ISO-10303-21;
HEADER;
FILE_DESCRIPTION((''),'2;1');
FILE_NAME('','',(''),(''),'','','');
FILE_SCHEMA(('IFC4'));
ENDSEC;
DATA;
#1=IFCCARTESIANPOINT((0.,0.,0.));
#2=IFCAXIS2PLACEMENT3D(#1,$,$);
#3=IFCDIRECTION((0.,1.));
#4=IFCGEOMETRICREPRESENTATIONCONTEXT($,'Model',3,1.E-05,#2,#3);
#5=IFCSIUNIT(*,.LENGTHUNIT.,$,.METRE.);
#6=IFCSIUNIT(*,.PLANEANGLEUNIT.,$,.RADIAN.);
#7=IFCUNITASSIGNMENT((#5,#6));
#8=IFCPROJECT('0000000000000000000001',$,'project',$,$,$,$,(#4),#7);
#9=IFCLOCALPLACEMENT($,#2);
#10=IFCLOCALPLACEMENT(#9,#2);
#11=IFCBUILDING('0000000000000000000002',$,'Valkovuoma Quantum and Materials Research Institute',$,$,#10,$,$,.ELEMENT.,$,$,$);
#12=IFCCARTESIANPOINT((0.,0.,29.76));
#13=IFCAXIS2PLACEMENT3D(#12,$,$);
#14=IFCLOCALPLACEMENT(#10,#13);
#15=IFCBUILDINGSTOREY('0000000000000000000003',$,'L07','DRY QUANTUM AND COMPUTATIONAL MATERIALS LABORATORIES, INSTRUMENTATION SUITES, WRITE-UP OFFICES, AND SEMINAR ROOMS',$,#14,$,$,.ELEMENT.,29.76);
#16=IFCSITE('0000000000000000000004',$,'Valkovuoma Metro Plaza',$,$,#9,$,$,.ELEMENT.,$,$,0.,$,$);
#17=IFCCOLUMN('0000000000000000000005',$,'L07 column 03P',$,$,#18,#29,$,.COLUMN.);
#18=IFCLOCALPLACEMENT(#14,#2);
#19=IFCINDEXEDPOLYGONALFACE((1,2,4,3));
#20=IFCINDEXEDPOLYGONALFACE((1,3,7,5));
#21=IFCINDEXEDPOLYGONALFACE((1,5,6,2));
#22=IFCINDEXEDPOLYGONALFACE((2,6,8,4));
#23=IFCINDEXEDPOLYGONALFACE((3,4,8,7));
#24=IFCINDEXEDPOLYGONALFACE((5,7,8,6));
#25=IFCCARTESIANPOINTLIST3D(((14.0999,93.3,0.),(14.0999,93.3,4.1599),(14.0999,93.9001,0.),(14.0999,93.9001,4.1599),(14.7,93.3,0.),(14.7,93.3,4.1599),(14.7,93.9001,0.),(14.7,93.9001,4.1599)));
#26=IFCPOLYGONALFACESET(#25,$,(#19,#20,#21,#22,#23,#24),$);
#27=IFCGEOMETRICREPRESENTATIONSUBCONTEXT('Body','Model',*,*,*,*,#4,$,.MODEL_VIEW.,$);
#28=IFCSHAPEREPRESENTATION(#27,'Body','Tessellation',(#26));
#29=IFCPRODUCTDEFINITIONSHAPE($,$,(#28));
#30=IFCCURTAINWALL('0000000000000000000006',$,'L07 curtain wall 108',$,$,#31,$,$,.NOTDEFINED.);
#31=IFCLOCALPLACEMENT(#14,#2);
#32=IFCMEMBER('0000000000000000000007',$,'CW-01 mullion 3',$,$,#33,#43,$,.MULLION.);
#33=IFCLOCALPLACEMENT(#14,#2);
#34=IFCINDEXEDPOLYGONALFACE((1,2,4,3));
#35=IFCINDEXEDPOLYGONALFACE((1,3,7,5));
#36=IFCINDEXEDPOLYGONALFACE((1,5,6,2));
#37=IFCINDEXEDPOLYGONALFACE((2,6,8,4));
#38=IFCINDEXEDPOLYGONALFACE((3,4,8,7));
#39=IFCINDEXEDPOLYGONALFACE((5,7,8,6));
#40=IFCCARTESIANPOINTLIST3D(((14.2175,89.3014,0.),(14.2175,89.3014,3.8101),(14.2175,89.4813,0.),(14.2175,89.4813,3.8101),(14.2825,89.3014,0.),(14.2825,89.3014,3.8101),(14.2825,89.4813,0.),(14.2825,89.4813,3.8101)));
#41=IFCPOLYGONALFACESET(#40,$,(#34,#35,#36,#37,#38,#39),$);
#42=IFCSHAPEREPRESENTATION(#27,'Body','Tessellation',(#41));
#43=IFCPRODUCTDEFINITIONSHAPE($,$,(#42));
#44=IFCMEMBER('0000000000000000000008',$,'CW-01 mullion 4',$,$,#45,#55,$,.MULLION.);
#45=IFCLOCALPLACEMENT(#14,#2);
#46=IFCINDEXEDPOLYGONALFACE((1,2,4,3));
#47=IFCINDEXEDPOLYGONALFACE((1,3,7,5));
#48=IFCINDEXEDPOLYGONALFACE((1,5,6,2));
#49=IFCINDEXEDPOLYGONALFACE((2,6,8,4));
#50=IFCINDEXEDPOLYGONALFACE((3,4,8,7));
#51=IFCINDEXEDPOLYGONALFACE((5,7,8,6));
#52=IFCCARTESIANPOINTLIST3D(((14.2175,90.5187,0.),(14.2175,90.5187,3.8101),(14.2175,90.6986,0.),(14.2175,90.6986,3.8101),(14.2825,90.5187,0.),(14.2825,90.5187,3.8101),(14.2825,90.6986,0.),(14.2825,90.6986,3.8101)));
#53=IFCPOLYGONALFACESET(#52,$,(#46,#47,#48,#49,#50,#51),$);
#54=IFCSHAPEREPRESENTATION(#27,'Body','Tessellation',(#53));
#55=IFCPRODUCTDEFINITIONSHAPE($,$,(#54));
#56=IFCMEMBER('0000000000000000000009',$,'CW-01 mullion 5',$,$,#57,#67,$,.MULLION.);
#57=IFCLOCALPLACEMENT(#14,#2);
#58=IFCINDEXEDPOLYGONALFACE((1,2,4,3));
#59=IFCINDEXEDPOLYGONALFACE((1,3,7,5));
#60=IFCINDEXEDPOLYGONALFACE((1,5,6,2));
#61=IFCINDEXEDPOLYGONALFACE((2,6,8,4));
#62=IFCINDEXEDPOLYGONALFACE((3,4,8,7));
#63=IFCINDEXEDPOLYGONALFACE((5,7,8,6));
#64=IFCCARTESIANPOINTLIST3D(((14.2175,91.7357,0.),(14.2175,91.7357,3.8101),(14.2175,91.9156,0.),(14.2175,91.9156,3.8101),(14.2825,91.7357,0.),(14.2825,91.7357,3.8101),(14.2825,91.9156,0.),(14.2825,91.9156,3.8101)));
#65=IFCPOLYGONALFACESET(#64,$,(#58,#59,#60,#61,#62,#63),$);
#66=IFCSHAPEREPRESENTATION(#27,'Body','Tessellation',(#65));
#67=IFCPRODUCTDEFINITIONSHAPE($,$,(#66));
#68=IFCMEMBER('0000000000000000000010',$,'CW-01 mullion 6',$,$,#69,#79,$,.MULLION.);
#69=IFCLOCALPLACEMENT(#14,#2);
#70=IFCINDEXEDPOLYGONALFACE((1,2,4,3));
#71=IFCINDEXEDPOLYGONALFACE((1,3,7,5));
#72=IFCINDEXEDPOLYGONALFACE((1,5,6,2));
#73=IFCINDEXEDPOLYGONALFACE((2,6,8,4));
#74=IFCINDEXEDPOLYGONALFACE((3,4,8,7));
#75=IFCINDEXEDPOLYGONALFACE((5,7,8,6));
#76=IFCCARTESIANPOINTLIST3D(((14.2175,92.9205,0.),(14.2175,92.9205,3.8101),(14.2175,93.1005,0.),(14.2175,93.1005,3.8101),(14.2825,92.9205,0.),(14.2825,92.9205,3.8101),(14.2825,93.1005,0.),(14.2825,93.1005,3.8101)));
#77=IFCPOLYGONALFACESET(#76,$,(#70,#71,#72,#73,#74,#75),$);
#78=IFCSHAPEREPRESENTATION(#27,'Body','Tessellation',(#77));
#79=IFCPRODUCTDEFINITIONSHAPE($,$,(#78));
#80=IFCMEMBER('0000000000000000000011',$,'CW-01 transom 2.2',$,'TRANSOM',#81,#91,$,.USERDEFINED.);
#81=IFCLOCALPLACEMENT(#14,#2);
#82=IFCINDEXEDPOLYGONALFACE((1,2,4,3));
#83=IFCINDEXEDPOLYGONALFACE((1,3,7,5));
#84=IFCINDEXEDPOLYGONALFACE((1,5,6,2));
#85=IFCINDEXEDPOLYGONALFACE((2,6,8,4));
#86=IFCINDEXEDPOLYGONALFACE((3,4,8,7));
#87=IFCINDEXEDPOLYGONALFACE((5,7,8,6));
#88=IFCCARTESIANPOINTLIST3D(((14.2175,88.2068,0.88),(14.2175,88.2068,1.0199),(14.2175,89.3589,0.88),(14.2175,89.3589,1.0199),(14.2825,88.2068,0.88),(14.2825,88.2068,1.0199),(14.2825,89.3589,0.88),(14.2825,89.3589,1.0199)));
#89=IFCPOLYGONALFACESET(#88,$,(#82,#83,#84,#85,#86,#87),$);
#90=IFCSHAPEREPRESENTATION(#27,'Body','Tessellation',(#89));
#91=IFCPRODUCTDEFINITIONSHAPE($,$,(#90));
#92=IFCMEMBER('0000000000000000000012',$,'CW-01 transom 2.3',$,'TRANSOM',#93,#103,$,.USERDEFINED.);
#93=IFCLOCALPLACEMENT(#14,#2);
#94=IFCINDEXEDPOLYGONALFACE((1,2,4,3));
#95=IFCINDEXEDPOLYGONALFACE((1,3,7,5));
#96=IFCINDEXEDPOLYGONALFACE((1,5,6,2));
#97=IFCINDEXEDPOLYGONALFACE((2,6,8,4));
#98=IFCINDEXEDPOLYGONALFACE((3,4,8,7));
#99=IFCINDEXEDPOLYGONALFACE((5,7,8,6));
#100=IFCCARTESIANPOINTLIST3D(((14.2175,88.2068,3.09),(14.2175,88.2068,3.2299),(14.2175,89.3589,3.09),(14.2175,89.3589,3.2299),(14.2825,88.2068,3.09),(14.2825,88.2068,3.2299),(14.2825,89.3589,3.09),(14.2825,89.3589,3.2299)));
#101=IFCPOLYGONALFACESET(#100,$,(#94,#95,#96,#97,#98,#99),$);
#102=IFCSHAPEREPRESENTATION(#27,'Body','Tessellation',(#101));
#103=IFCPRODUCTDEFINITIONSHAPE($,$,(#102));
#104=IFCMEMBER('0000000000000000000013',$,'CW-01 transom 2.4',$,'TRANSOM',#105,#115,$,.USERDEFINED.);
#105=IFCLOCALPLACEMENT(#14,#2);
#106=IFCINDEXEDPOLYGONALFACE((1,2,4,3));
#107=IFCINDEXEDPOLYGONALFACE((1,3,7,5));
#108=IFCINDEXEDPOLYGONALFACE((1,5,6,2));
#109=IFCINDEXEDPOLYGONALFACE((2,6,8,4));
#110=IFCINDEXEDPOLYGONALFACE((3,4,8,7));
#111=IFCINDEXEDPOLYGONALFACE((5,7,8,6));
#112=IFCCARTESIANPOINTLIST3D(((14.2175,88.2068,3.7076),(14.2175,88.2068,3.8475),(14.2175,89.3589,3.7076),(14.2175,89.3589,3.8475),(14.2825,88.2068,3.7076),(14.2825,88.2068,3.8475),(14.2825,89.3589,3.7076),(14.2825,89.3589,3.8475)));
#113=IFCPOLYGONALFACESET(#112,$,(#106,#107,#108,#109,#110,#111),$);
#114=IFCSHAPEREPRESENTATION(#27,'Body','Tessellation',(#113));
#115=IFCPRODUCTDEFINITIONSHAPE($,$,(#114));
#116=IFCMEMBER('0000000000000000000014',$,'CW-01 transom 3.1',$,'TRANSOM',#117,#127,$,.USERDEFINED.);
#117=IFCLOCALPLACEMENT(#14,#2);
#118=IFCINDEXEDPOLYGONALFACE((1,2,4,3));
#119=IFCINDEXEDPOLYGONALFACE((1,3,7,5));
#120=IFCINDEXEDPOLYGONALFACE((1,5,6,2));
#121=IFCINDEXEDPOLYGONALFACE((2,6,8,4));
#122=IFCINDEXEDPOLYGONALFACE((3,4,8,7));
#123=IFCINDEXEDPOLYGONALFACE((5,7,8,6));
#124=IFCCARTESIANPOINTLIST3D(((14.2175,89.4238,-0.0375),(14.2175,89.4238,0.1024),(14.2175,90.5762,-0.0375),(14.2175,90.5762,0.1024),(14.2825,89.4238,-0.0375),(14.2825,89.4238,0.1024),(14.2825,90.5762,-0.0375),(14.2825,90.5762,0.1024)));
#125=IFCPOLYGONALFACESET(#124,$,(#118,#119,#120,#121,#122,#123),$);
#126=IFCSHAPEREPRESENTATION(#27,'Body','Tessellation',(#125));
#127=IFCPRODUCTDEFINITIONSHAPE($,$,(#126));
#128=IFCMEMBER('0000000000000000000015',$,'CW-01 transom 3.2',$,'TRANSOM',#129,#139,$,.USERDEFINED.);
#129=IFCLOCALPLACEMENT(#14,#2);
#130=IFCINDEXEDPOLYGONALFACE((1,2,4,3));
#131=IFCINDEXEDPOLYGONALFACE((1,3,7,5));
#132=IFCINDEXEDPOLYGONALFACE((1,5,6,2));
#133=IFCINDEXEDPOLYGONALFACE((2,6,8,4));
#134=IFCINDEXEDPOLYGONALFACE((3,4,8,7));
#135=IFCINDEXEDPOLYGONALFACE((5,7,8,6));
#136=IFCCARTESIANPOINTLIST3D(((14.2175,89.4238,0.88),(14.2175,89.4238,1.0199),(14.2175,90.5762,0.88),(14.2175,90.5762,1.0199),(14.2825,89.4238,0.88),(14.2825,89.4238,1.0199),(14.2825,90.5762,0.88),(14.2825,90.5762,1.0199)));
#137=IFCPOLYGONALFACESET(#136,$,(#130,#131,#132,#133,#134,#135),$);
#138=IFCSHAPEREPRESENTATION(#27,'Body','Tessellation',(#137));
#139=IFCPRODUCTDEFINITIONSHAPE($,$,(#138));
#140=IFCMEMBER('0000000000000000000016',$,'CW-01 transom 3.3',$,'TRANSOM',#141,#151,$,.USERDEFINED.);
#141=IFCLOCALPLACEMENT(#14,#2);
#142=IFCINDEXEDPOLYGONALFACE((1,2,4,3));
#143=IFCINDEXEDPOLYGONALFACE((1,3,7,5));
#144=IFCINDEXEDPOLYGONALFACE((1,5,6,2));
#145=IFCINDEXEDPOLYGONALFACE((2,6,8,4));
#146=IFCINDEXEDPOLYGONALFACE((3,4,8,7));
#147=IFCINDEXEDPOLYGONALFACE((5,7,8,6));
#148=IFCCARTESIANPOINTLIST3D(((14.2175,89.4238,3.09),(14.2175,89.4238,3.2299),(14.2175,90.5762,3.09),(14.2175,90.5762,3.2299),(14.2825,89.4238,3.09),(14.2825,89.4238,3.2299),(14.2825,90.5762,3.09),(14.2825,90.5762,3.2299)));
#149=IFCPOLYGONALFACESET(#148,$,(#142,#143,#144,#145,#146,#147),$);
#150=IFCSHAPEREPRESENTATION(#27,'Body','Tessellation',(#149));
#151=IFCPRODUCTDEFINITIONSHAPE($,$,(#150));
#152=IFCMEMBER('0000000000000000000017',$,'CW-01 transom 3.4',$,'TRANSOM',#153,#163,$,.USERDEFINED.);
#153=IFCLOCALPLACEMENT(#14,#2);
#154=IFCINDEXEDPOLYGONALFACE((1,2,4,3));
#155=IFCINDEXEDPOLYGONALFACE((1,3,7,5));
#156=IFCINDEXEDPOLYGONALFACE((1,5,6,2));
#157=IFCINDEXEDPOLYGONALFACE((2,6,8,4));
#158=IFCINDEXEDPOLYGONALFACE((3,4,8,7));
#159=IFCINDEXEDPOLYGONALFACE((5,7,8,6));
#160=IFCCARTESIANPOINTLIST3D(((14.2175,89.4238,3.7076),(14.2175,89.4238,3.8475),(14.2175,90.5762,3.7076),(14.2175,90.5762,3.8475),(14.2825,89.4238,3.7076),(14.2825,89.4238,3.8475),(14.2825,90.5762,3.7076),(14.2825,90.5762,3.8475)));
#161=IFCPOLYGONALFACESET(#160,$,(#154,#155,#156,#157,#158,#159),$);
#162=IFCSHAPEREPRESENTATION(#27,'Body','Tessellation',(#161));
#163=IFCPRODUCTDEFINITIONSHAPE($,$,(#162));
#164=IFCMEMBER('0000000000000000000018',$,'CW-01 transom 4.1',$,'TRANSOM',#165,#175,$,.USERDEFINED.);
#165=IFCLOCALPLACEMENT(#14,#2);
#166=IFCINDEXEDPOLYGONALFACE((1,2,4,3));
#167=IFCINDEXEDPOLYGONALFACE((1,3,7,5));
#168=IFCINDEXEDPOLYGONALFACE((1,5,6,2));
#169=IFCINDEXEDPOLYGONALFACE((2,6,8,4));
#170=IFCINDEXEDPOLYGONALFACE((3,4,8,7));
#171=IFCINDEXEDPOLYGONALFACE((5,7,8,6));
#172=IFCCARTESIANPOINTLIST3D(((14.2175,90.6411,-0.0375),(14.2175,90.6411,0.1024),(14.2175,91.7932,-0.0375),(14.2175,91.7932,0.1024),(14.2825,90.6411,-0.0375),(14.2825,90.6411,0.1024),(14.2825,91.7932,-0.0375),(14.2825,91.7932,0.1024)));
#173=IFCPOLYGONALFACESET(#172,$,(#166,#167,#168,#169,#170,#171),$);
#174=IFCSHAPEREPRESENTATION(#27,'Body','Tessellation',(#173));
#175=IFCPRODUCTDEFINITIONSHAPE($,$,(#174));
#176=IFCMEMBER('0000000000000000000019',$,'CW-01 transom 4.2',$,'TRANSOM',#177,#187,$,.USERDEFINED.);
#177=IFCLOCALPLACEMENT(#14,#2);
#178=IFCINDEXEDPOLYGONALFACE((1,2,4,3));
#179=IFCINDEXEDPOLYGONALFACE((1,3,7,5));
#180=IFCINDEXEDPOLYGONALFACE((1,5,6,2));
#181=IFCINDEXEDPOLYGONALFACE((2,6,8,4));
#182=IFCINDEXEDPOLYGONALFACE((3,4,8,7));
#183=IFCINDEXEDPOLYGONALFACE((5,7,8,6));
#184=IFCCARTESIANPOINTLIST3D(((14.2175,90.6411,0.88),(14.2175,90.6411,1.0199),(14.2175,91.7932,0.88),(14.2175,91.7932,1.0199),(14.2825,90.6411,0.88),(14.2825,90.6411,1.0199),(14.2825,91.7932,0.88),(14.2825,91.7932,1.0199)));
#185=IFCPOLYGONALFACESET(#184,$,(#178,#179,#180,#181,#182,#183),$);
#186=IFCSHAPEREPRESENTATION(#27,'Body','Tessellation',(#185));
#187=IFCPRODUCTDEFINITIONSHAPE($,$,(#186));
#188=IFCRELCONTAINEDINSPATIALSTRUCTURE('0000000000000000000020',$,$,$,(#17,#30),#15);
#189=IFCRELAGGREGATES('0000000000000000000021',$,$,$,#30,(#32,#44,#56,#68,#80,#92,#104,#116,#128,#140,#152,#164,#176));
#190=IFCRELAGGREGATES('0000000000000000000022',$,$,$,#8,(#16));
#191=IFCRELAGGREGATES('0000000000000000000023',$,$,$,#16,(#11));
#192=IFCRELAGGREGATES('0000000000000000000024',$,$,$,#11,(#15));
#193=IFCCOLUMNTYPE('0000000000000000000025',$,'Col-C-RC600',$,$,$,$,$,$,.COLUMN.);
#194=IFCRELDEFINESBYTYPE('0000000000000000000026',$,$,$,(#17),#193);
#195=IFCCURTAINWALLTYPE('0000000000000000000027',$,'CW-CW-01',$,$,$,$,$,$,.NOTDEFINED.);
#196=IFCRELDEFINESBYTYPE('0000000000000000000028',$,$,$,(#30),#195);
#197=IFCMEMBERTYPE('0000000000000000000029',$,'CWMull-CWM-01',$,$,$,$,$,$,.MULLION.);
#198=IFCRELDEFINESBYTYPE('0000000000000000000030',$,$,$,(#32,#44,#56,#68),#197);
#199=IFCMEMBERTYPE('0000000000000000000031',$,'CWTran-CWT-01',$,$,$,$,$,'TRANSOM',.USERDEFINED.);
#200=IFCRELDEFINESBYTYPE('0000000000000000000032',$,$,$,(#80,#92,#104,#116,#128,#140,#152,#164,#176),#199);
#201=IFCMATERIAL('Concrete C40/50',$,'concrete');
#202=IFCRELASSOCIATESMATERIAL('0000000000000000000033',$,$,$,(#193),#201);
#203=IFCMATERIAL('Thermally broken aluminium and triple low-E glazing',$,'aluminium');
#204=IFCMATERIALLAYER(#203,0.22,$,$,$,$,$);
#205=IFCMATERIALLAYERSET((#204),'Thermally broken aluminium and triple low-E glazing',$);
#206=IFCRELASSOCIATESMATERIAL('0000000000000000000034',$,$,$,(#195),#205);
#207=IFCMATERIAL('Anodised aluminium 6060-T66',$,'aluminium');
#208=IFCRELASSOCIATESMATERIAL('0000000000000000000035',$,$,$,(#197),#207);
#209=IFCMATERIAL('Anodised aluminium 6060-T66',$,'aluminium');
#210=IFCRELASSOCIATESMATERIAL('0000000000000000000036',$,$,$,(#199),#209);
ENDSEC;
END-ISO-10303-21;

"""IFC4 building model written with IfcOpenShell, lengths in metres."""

from ifc_helpers import new_model, si_unit, direction, frame, origin, origin_2d, place, context, subcontext, project, spatial, rectangle, extrude, material, layer, layer_set, material_profile, profile_set, type_object, element, aggregate, save


model = new_model("IFC4")

# Units and contexts
model_context = context("Model", 3, precision=1e-05, world=origin(), true_north=direction((0.0, 1.0)))
body_context = subcontext(model_context, "Body", "Model", "MODEL_VIEW")
ifc_project = project(units=[si_unit("LENGTHUNIT", "METRE"), si_unit("PLANEANGLEUNIT", "RADIAN")], contexts=[model_context])

# Site, building, storey
site_placement = place(None, origin())
site = spatial("IfcSite", under=ifc_project, at=site_placement, Name="Valkovuoma Metro Plaza", CompositionType="ELEMENT", RefElevation=0.0)
building_placement = place(site_placement, origin())
building = spatial("IfcBuilding", under=site, at=building_placement, Name="Valkovuoma Quantum and Materials Research Institute", CompositionType="ELEMENT")
storey_placement = place(building_placement, frame((0.0, 0.0, 29.76)))
storey = spatial("IfcBuildingStorey", under=building, at=storey_placement, Name="L07", Description="DRY QUANTUM AND COMPUTATIONAL MATERIALS LABORATORIES, INSTRUMENTATION SUITES, WRITE-UP OFFICES, AND SEMINAR ROOMS", CompositionType="ELEMENT", Elevation=29.76)

# Column
ifc_material_1 = material(Name="Concrete C40/50", Category="concrete")
ifc_material_profile_1 = material_profile(ifc_material_1, rectangle(XDim=0.6001, YDim=0.6001, at=origin_2d()), Name="Concrete C40/50")
ifc_profile_set_1 = profile_set([ifc_material_profile_1], Name="Concrete C40/50")
column_type = type_object("IfcColumnType", Name="Col-C-RC600", PredefinedType="COLUMN", material=ifc_profile_set_1)
column_placement = place(storey_placement, frame((14.3999, 93.6001, 0.0), z_axis=(0.0, 0.0, 1.0), x_axis=(1.0, 0.0, 0.0)))
element("IfcColumn", 1, at=column_placement, inside=storey, type_object=column_type, Name="L07 column 03P", PredefinedType="COLUMN", context=body_context, shape_type="SweptSolid", body=[
    extrude(rectangle(XDim=0.6001, YDim=0.6001, at=origin_2d()), origin(), (0.0, 0.0, 1.0), 4.1599),
])

# Curtain wall, members
ifc_material_2 = material(Name="Thermally broken aluminium and triple low-E glazing", Category="aluminium")
ifc_layer_1 = layer(ifc_material_2, 0.22)
ifc_layer_set_1 = layer_set([ifc_layer_1], Name="Thermally broken aluminium and triple low-E glazing")
curtain_wall_type = type_object("IfcCurtainWallType", Name="CW-CW-01", PredefinedType="NOTDEFINED", material=ifc_layer_set_1)
curtain_wall_placement = place(storey_placement, origin())
curtain_wall = element("IfcCurtainWall", 2, at=curtain_wall_placement, inside=storey, type_object=curtain_wall_type, Name="L07 curtain wall 108", PredefinedType="NOTDEFINED")
ifc_material_3 = material(Name="Anodised aluminium 6060-T66", Category="aluminium")
ifc_material_profile_2 = material_profile(ifc_material_3, rectangle(XDim=0.0649, YDim=0.1799, at=origin_2d()), Name="Anodised aluminium 6060-T66")
ifc_profile_set_2 = profile_set([ifc_material_profile_2], Name="Anodised aluminium 6060-T66")
member_type_1 = type_object("IfcMemberType", Name="CWMull-CWM-01", PredefinedType="MULLION", material=ifc_profile_set_2)
member_1_placement = place(storey_placement, frame((14.25, 89.3914, 0.0), z_axis=(0.0, 0.0, 1.0), x_axis=(-1.0, 0.0, 0.0)))
member_1 = element("IfcMember", 3, at=member_1_placement, type_object=member_type_1, Name="CW-01 mullion 3", PredefinedType="MULLION", context=body_context, shape_type="SweptSolid", body=[
    extrude(rectangle(XDim=0.0649, YDim=0.1799, at=origin_2d()), origin(), (0.0, 0.0, 1.0), 3.8101),
])
member_2_placement = place(storey_placement, frame((14.25, 90.6086, 0.0), z_axis=(0.0, 0.0, 1.0), x_axis=(-1.0, 0.0, 0.0)))
member_2 = element("IfcMember", 4, at=member_2_placement, type_object=member_type_1, Name="CW-01 mullion 4", PredefinedType="MULLION", context=body_context, shape_type="SweptSolid", body=[
    extrude(rectangle(XDim=0.0649, YDim=0.1799, at=origin_2d()), origin(), (0.0, 0.0, 1.0), 3.8101),
])
member_3_placement = place(storey_placement, frame((14.25, 91.8257, 0.0), z_axis=(0.0, 0.0, 1.0), x_axis=(-1.0, 0.0, 0.0)))
member_3 = element("IfcMember", 5, at=member_3_placement, type_object=member_type_1, Name="CW-01 mullion 5", PredefinedType="MULLION", context=body_context, shape_type="SweptSolid", body=[
    extrude(rectangle(XDim=0.0649, YDim=0.1799, at=origin_2d()), origin(), (0.0, 0.0, 1.0), 3.8101),
])
member_4_placement = place(storey_placement, frame((14.25, 93.0105, 0.0), z_axis=(0.0, 0.0, 1.0), x_axis=(-1.0, 0.0, 0.0)))
member_4 = element("IfcMember", 6, at=member_4_placement, type_object=member_type_1, Name="CW-01 mullion 6", PredefinedType="MULLION", context=body_context, shape_type="SweptSolid", body=[
    extrude(rectangle(XDim=0.0649, YDim=0.1799, at=origin_2d()), origin(), (0.0, 0.0, 1.0), 3.8101),
])
ifc_material_4 = material(Name="Anodised aluminium 6060-T66", Category="aluminium")
ifc_material_profile_3 = material_profile(ifc_material_4, rectangle(XDim=0.0649, YDim=0.1399, at=origin_2d()), Name="Anodised aluminium 6060-T66")
ifc_profile_set_3 = profile_set([ifc_material_profile_3], Name="Anodised aluminium 6060-T66")
member_type_2 = type_object("IfcMemberType", Name="CWTran-CWT-01", ElementType="TRANSOM", PredefinedType="USERDEFINED", material=ifc_profile_set_3)
member_5_placement = place(storey_placement, frame((14.25, 88.2068, 0.95), z_axis=(0.0, 1.0, 0.0), x_axis=(-1.0, 0.0, 0.0)))
member_5 = element("IfcMember", 7, at=member_5_placement, type_object=member_type_2, Name="CW-01 transom 2.2", ObjectType="TRANSOM", PredefinedType="USERDEFINED", context=body_context, shape_type="SweptSolid", body=[
    extrude(rectangle(XDim=0.0649, YDim=0.1399, at=origin_2d()), origin(), (0.0, 0.0, 1.0), 1.1521),
])
member_6_placement = place(storey_placement, frame((14.25, 88.2068, 3.1599), z_axis=(0.0, 1.0, 0.0), x_axis=(-1.0, 0.0, 0.0)))
member_6 = element("IfcMember", 8, at=member_6_placement, type_object=member_type_2, Name="CW-01 transom 2.3", ObjectType="TRANSOM", PredefinedType="USERDEFINED", context=body_context, shape_type="SweptSolid", body=[
    extrude(rectangle(XDim=0.0649, YDim=0.1399, at=origin_2d()), origin(), (0.0, 0.0, 1.0), 1.1521),
])
member_7_placement = place(storey_placement, frame((14.25, 88.2068, 3.7776), z_axis=(0.0, 1.0, 0.0), x_axis=(-1.0, 0.0, 0.0)))
member_7 = element("IfcMember", 9, at=member_7_placement, type_object=member_type_2, Name="CW-01 transom 2.4", ObjectType="TRANSOM", PredefinedType="USERDEFINED", context=body_context, shape_type="SweptSolid", body=[
    extrude(rectangle(XDim=0.0649, YDim=0.1399, at=origin_2d()), origin(), (0.0, 0.0, 1.0), 1.1521),
])
member_8_placement = place(storey_placement, frame((14.25, 89.4238, 0.0325), z_axis=(0.0, 1.0, 0.0), x_axis=(-1.0, 0.0, 0.0)))
member_8 = element("IfcMember", 10, at=member_8_placement, type_object=member_type_2, Name="CW-01 transom 3.1", ObjectType="TRANSOM", PredefinedType="USERDEFINED", context=body_context, shape_type="SweptSolid", body=[
    extrude(rectangle(XDim=0.0649, YDim=0.1399, at=origin_2d()), origin(), (0.0, 0.0, 1.0), 1.1523),
])
member_9_placement = place(storey_placement, frame((14.25, 89.4238, 0.95), z_axis=(0.0, 1.0, 0.0), x_axis=(-1.0, 0.0, 0.0)))
member_9 = element("IfcMember", 11, at=member_9_placement, type_object=member_type_2, Name="CW-01 transom 3.2", ObjectType="TRANSOM", PredefinedType="USERDEFINED", context=body_context, shape_type="SweptSolid", body=[
    extrude(rectangle(XDim=0.0649, YDim=0.1399, at=origin_2d()), origin(), (0.0, 0.0, 1.0), 1.1523),
])
member_10_placement = place(storey_placement, frame((14.25, 89.4238, 3.1599), z_axis=(0.0, 1.0, 0.0), x_axis=(-1.0, 0.0, 0.0)))
member_10 = element("IfcMember", 12, at=member_10_placement, type_object=member_type_2, Name="CW-01 transom 3.3", ObjectType="TRANSOM", PredefinedType="USERDEFINED", context=body_context, shape_type="SweptSolid", body=[
    extrude(rectangle(XDim=0.0649, YDim=0.1399, at=origin_2d()), origin(), (0.0, 0.0, 1.0), 1.1523),
])
member_11_placement = place(storey_placement, frame((14.25, 89.4238, 3.7776), z_axis=(0.0, 1.0, 0.0), x_axis=(-1.0, 0.0, 0.0)))
member_11 = element("IfcMember", 13, at=member_11_placement, type_object=member_type_2, Name="CW-01 transom 3.4", ObjectType="TRANSOM", PredefinedType="USERDEFINED", context=body_context, shape_type="SweptSolid", body=[
    extrude(rectangle(XDim=0.0649, YDim=0.1399, at=origin_2d()), origin(), (0.0, 0.0, 1.0), 1.1523),
])
member_12_placement = place(storey_placement, frame((14.25, 90.6411, 0.0325), z_axis=(0.0, 1.0, 0.0), x_axis=(-1.0, 0.0, 0.0)))
member_12 = element("IfcMember", 14, at=member_12_placement, type_object=member_type_2, Name="CW-01 transom 4.1", ObjectType="TRANSOM", PredefinedType="USERDEFINED", context=body_context, shape_type="SweptSolid", body=[
    extrude(rectangle(XDim=0.0649, YDim=0.1399, at=origin_2d()), origin(), (0.0, 0.0, 1.0), 1.1521),
])
member_13_placement = place(storey_placement, frame((14.25, 90.6411, 0.95), z_axis=(0.0, 1.0, 0.0), x_axis=(-1.0, 0.0, 0.0)))
member_13 = element("IfcMember", 15, at=member_13_placement, type_object=member_type_2, Name="CW-01 transom 4.2", ObjectType="TRANSOM", PredefinedType="USERDEFINED", context=body_context, shape_type="SweptSolid", body=[
    extrude(rectangle(XDim=0.0649, YDim=0.1399, at=origin_2d()), origin(), (0.0, 0.0, 1.0), 1.1521),
])
aggregate(curtain_wall, [member_1, member_2, member_3, member_4, member_5, member_6, member_7, member_8, member_9, member_10, member_11, member_12, member_13])

save(model, "model.ifc")
